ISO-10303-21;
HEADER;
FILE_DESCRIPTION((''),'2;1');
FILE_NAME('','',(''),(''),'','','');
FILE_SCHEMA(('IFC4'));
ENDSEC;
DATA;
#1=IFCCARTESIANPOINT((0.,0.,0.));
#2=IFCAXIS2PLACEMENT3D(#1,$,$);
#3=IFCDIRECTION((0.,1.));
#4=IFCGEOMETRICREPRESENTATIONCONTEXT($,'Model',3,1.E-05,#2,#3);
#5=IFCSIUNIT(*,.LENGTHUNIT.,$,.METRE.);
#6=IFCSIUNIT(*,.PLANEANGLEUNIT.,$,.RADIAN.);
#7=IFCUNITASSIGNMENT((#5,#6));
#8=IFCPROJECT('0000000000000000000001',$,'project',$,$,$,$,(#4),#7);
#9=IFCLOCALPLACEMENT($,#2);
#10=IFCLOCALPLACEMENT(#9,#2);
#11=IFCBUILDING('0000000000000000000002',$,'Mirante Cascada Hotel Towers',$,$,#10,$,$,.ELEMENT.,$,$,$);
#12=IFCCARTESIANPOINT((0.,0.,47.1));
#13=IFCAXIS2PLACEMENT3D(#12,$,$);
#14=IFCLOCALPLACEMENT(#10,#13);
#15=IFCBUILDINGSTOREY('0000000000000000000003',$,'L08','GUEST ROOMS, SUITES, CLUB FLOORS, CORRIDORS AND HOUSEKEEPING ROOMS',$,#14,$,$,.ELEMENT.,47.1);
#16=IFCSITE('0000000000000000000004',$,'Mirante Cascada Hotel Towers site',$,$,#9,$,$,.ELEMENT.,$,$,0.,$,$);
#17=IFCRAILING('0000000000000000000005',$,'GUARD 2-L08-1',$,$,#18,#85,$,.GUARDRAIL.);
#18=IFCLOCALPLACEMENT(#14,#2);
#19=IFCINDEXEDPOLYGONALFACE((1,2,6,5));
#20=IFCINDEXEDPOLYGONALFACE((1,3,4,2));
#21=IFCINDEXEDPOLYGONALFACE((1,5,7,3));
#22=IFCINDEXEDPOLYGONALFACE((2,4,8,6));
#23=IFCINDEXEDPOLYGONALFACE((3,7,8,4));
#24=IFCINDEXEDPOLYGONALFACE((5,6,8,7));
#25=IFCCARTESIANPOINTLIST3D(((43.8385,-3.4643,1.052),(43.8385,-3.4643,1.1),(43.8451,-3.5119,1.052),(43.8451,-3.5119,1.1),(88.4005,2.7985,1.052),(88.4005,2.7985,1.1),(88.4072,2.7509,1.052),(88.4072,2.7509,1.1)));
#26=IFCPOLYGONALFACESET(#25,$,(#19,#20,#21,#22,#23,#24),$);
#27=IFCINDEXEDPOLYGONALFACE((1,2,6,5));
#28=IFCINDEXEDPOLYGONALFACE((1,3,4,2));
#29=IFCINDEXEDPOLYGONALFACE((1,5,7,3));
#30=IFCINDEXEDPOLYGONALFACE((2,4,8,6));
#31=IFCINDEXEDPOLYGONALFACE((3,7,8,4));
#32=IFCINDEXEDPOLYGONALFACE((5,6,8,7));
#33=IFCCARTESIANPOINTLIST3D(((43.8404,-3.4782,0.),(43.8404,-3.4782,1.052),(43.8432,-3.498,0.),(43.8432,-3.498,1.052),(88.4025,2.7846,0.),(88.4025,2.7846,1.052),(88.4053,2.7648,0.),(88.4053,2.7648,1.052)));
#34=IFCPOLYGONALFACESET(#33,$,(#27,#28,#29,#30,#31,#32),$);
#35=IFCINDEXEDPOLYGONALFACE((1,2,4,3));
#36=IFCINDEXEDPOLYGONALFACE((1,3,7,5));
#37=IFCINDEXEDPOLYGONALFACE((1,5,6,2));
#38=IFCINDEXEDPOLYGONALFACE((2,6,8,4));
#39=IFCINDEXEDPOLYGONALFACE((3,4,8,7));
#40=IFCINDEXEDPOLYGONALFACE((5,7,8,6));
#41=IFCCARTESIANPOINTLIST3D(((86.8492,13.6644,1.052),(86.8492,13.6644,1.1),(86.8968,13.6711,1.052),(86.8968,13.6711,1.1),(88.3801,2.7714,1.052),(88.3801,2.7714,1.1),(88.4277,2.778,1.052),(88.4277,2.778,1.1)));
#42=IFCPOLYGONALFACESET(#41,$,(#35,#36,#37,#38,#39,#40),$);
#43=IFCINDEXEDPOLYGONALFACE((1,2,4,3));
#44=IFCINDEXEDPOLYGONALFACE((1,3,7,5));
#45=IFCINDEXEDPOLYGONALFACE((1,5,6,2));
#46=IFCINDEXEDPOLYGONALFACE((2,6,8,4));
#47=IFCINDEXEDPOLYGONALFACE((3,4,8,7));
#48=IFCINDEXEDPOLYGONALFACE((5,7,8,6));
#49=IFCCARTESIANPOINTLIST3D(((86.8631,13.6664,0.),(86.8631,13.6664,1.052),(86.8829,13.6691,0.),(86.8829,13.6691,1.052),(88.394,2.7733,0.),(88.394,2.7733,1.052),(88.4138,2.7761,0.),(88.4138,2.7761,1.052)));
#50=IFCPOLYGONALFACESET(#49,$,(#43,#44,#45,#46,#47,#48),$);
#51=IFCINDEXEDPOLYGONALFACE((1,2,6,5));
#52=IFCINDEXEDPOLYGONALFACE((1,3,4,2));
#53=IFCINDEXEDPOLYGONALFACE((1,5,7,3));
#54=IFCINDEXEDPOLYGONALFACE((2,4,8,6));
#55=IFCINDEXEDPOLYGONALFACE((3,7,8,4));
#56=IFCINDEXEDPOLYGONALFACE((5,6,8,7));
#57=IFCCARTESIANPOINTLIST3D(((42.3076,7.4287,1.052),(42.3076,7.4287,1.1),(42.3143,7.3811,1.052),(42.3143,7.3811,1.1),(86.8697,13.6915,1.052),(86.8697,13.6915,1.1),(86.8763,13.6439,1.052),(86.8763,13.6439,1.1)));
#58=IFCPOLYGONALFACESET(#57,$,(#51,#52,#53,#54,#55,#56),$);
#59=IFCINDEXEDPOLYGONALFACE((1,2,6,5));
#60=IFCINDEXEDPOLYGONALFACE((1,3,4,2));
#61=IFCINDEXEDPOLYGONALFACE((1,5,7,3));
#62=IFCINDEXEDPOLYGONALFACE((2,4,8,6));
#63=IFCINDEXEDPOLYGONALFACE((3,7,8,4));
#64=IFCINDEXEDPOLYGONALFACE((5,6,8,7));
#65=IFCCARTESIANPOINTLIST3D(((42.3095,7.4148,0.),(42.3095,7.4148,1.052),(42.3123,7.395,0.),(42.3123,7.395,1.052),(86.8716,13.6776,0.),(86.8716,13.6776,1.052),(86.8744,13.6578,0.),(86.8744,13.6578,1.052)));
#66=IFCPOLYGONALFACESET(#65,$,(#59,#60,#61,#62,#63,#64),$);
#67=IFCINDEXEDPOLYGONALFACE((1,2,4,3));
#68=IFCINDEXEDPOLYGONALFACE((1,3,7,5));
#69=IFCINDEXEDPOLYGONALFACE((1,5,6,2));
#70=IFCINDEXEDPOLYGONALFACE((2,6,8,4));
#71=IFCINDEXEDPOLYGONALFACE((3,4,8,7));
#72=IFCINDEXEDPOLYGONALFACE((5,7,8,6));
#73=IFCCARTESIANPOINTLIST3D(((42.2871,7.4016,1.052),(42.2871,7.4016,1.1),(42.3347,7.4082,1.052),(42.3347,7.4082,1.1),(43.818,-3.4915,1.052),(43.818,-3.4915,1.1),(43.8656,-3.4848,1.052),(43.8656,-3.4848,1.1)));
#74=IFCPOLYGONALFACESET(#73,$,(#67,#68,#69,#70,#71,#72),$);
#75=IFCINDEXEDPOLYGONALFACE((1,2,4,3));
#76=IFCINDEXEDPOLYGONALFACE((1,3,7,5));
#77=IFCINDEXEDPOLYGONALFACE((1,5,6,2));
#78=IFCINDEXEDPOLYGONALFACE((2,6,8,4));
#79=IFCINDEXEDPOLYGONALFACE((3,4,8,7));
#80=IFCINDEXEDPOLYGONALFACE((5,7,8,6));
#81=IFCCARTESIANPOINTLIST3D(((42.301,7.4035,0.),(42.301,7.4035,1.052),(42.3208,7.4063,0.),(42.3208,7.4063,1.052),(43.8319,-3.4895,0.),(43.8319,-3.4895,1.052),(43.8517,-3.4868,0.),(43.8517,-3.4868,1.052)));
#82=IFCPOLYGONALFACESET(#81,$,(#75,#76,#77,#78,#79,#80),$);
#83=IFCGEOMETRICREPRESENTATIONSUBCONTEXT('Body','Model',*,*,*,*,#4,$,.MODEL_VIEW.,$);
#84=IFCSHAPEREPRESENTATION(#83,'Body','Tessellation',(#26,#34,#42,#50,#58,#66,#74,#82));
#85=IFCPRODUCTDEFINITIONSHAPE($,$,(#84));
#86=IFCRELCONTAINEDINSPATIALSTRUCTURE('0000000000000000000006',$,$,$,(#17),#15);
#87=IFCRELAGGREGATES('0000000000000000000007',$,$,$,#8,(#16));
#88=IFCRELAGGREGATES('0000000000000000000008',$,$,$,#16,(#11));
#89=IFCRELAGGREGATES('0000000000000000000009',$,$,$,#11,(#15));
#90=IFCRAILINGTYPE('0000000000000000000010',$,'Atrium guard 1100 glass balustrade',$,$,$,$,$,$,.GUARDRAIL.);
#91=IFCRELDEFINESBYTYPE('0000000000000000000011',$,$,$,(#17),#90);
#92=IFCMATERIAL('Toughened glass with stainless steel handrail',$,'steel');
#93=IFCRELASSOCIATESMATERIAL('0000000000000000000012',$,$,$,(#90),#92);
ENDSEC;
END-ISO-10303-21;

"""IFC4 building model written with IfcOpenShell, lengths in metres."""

from ifc_helpers import new_model, si_unit, direction, frame, origin, origin_2d, place, context, subcontext, project, spatial, rectangle, extrude, material, type_object, element, save


model = new_model("IFC4")

# Units and contexts
model_context = context("Model", 3, precision=1e-05, world=origin(), true_north=direction((0.0, 1.0)))
body_context = subcontext(model_context, "Body", "Model", "MODEL_VIEW")
ifc_project = project(units=[si_unit("LENGTHUNIT", "METRE"), si_unit("PLANEANGLEUNIT", "RADIAN")], contexts=[model_context])

# Site, building, storey
site_placement = place(None, origin())
site = spatial("IfcSite", under=ifc_project, at=site_placement, Name="Mirante Cascada Hotel Towers site", CompositionType="ELEMENT", RefElevation=0.0)
building_placement = place(site_placement, origin())
building = spatial("IfcBuilding", under=site, at=building_placement, Name="Mirante Cascada Hotel Towers", CompositionType="ELEMENT")
storey_placement = place(building_placement, frame((0.0, 0.0, 47.1)))
storey = spatial("IfcBuildingStorey", under=building, at=storey_placement, Name="L08", Description="GUEST ROOMS, SUITES, CLUB FLOORS, CORRIDORS AND HOUSEKEEPING ROOMS", CompositionType="ELEMENT", Elevation=47.1)

# Railing
ifc_material_1 = material(Name="Toughened glass with stainless steel handrail", Category="steel")
railing_type = type_object("IfcRailingType", Name="Atrium guard 1100 glass balustrade", PredefinedType="GUARDRAIL", material=ifc_material_1)
railing_placement = place(storey_placement, frame((43.8418, -3.4881, 0.0)))
element("IfcRailing", 1, at=railing_placement, inside=storey, type_object=railing_type, Name="GUARD 2-L08-1", PredefinedType="GUARDRAIL", context=body_context, shape_type="SweptSolid", body=[
    extrude(rectangle(XDim=0.048, YDim=0.048, at=origin_2d()), frame((0.0, 0.0, 1.076), z_axis=(0.990268, 0.139173, 0.0), x_axis=(-0.139173, 0.990268, 0.0)), (0.0, 0.0, 1.0), 45.0),
    extrude(rectangle(XDim=0.02, YDim=1.052, at=origin_2d()), frame((0.0, 0.0, 0.526), z_axis=(0.990268, 0.139173, 0.0), x_axis=(-0.139173, 0.990268, 0.0)), (0.0, 0.0, 1.0), 45.0),
    extrude(rectangle(XDim=0.048, YDim=0.048, at=origin_2d()), frame((44.5621, 6.2628, 1.076), z_axis=(-0.139172, 0.990268, 0.0), x_axis=(-0.990268, -0.139172, 0.0)), (0.0, 0.0, 1.0), 11.0001),
    extrude(rectangle(XDim=0.02, YDim=1.052, at=origin_2d()), frame((44.5621, 6.2628, 0.526), z_axis=(-0.139172, 0.990268, 0.0), x_axis=(-0.990268, -0.139172, 0.0)), (0.0, 0.0, 1.0), 11.0001),
    extrude(rectangle(XDim=0.048, YDim=0.048, at=origin_2d()), frame((43.0312, 17.1558, 1.076), z_axis=(-0.990268, -0.139173, 0.0), x_axis=(0.139173, -0.990268, 0.0)), (0.0, 0.0, 1.0), 45.0),
    extrude(rectangle(XDim=0.02, YDim=1.052, at=origin_2d()), frame((43.0312, 17.1558, 0.526), z_axis=(-0.990268, -0.139173, 0.0), x_axis=(0.139173, -0.990268, 0.0)), (0.0, 0.0, 1.0), 45.0),
    extrude(rectangle(XDim=0.048, YDim=0.048, at=origin_2d()), frame((-1.5309, 10.893, 1.076), z_axis=(0.139172, -0.990268, 0.0), x_axis=(0.990268, 0.139172, 0.0)), (0.0, 0.0, 1.0), 11.0001),
    extrude(rectangle(XDim=0.02, YDim=1.052, at=origin_2d()), frame((-1.5309, 10.893, 0.526), z_axis=(0.139172, -0.990268, 0.0), x_axis=(0.990268, 0.139172, 0.0)), (0.0, 0.0, 1.0), 11.0001),
])

save(model, "model.ifc")
